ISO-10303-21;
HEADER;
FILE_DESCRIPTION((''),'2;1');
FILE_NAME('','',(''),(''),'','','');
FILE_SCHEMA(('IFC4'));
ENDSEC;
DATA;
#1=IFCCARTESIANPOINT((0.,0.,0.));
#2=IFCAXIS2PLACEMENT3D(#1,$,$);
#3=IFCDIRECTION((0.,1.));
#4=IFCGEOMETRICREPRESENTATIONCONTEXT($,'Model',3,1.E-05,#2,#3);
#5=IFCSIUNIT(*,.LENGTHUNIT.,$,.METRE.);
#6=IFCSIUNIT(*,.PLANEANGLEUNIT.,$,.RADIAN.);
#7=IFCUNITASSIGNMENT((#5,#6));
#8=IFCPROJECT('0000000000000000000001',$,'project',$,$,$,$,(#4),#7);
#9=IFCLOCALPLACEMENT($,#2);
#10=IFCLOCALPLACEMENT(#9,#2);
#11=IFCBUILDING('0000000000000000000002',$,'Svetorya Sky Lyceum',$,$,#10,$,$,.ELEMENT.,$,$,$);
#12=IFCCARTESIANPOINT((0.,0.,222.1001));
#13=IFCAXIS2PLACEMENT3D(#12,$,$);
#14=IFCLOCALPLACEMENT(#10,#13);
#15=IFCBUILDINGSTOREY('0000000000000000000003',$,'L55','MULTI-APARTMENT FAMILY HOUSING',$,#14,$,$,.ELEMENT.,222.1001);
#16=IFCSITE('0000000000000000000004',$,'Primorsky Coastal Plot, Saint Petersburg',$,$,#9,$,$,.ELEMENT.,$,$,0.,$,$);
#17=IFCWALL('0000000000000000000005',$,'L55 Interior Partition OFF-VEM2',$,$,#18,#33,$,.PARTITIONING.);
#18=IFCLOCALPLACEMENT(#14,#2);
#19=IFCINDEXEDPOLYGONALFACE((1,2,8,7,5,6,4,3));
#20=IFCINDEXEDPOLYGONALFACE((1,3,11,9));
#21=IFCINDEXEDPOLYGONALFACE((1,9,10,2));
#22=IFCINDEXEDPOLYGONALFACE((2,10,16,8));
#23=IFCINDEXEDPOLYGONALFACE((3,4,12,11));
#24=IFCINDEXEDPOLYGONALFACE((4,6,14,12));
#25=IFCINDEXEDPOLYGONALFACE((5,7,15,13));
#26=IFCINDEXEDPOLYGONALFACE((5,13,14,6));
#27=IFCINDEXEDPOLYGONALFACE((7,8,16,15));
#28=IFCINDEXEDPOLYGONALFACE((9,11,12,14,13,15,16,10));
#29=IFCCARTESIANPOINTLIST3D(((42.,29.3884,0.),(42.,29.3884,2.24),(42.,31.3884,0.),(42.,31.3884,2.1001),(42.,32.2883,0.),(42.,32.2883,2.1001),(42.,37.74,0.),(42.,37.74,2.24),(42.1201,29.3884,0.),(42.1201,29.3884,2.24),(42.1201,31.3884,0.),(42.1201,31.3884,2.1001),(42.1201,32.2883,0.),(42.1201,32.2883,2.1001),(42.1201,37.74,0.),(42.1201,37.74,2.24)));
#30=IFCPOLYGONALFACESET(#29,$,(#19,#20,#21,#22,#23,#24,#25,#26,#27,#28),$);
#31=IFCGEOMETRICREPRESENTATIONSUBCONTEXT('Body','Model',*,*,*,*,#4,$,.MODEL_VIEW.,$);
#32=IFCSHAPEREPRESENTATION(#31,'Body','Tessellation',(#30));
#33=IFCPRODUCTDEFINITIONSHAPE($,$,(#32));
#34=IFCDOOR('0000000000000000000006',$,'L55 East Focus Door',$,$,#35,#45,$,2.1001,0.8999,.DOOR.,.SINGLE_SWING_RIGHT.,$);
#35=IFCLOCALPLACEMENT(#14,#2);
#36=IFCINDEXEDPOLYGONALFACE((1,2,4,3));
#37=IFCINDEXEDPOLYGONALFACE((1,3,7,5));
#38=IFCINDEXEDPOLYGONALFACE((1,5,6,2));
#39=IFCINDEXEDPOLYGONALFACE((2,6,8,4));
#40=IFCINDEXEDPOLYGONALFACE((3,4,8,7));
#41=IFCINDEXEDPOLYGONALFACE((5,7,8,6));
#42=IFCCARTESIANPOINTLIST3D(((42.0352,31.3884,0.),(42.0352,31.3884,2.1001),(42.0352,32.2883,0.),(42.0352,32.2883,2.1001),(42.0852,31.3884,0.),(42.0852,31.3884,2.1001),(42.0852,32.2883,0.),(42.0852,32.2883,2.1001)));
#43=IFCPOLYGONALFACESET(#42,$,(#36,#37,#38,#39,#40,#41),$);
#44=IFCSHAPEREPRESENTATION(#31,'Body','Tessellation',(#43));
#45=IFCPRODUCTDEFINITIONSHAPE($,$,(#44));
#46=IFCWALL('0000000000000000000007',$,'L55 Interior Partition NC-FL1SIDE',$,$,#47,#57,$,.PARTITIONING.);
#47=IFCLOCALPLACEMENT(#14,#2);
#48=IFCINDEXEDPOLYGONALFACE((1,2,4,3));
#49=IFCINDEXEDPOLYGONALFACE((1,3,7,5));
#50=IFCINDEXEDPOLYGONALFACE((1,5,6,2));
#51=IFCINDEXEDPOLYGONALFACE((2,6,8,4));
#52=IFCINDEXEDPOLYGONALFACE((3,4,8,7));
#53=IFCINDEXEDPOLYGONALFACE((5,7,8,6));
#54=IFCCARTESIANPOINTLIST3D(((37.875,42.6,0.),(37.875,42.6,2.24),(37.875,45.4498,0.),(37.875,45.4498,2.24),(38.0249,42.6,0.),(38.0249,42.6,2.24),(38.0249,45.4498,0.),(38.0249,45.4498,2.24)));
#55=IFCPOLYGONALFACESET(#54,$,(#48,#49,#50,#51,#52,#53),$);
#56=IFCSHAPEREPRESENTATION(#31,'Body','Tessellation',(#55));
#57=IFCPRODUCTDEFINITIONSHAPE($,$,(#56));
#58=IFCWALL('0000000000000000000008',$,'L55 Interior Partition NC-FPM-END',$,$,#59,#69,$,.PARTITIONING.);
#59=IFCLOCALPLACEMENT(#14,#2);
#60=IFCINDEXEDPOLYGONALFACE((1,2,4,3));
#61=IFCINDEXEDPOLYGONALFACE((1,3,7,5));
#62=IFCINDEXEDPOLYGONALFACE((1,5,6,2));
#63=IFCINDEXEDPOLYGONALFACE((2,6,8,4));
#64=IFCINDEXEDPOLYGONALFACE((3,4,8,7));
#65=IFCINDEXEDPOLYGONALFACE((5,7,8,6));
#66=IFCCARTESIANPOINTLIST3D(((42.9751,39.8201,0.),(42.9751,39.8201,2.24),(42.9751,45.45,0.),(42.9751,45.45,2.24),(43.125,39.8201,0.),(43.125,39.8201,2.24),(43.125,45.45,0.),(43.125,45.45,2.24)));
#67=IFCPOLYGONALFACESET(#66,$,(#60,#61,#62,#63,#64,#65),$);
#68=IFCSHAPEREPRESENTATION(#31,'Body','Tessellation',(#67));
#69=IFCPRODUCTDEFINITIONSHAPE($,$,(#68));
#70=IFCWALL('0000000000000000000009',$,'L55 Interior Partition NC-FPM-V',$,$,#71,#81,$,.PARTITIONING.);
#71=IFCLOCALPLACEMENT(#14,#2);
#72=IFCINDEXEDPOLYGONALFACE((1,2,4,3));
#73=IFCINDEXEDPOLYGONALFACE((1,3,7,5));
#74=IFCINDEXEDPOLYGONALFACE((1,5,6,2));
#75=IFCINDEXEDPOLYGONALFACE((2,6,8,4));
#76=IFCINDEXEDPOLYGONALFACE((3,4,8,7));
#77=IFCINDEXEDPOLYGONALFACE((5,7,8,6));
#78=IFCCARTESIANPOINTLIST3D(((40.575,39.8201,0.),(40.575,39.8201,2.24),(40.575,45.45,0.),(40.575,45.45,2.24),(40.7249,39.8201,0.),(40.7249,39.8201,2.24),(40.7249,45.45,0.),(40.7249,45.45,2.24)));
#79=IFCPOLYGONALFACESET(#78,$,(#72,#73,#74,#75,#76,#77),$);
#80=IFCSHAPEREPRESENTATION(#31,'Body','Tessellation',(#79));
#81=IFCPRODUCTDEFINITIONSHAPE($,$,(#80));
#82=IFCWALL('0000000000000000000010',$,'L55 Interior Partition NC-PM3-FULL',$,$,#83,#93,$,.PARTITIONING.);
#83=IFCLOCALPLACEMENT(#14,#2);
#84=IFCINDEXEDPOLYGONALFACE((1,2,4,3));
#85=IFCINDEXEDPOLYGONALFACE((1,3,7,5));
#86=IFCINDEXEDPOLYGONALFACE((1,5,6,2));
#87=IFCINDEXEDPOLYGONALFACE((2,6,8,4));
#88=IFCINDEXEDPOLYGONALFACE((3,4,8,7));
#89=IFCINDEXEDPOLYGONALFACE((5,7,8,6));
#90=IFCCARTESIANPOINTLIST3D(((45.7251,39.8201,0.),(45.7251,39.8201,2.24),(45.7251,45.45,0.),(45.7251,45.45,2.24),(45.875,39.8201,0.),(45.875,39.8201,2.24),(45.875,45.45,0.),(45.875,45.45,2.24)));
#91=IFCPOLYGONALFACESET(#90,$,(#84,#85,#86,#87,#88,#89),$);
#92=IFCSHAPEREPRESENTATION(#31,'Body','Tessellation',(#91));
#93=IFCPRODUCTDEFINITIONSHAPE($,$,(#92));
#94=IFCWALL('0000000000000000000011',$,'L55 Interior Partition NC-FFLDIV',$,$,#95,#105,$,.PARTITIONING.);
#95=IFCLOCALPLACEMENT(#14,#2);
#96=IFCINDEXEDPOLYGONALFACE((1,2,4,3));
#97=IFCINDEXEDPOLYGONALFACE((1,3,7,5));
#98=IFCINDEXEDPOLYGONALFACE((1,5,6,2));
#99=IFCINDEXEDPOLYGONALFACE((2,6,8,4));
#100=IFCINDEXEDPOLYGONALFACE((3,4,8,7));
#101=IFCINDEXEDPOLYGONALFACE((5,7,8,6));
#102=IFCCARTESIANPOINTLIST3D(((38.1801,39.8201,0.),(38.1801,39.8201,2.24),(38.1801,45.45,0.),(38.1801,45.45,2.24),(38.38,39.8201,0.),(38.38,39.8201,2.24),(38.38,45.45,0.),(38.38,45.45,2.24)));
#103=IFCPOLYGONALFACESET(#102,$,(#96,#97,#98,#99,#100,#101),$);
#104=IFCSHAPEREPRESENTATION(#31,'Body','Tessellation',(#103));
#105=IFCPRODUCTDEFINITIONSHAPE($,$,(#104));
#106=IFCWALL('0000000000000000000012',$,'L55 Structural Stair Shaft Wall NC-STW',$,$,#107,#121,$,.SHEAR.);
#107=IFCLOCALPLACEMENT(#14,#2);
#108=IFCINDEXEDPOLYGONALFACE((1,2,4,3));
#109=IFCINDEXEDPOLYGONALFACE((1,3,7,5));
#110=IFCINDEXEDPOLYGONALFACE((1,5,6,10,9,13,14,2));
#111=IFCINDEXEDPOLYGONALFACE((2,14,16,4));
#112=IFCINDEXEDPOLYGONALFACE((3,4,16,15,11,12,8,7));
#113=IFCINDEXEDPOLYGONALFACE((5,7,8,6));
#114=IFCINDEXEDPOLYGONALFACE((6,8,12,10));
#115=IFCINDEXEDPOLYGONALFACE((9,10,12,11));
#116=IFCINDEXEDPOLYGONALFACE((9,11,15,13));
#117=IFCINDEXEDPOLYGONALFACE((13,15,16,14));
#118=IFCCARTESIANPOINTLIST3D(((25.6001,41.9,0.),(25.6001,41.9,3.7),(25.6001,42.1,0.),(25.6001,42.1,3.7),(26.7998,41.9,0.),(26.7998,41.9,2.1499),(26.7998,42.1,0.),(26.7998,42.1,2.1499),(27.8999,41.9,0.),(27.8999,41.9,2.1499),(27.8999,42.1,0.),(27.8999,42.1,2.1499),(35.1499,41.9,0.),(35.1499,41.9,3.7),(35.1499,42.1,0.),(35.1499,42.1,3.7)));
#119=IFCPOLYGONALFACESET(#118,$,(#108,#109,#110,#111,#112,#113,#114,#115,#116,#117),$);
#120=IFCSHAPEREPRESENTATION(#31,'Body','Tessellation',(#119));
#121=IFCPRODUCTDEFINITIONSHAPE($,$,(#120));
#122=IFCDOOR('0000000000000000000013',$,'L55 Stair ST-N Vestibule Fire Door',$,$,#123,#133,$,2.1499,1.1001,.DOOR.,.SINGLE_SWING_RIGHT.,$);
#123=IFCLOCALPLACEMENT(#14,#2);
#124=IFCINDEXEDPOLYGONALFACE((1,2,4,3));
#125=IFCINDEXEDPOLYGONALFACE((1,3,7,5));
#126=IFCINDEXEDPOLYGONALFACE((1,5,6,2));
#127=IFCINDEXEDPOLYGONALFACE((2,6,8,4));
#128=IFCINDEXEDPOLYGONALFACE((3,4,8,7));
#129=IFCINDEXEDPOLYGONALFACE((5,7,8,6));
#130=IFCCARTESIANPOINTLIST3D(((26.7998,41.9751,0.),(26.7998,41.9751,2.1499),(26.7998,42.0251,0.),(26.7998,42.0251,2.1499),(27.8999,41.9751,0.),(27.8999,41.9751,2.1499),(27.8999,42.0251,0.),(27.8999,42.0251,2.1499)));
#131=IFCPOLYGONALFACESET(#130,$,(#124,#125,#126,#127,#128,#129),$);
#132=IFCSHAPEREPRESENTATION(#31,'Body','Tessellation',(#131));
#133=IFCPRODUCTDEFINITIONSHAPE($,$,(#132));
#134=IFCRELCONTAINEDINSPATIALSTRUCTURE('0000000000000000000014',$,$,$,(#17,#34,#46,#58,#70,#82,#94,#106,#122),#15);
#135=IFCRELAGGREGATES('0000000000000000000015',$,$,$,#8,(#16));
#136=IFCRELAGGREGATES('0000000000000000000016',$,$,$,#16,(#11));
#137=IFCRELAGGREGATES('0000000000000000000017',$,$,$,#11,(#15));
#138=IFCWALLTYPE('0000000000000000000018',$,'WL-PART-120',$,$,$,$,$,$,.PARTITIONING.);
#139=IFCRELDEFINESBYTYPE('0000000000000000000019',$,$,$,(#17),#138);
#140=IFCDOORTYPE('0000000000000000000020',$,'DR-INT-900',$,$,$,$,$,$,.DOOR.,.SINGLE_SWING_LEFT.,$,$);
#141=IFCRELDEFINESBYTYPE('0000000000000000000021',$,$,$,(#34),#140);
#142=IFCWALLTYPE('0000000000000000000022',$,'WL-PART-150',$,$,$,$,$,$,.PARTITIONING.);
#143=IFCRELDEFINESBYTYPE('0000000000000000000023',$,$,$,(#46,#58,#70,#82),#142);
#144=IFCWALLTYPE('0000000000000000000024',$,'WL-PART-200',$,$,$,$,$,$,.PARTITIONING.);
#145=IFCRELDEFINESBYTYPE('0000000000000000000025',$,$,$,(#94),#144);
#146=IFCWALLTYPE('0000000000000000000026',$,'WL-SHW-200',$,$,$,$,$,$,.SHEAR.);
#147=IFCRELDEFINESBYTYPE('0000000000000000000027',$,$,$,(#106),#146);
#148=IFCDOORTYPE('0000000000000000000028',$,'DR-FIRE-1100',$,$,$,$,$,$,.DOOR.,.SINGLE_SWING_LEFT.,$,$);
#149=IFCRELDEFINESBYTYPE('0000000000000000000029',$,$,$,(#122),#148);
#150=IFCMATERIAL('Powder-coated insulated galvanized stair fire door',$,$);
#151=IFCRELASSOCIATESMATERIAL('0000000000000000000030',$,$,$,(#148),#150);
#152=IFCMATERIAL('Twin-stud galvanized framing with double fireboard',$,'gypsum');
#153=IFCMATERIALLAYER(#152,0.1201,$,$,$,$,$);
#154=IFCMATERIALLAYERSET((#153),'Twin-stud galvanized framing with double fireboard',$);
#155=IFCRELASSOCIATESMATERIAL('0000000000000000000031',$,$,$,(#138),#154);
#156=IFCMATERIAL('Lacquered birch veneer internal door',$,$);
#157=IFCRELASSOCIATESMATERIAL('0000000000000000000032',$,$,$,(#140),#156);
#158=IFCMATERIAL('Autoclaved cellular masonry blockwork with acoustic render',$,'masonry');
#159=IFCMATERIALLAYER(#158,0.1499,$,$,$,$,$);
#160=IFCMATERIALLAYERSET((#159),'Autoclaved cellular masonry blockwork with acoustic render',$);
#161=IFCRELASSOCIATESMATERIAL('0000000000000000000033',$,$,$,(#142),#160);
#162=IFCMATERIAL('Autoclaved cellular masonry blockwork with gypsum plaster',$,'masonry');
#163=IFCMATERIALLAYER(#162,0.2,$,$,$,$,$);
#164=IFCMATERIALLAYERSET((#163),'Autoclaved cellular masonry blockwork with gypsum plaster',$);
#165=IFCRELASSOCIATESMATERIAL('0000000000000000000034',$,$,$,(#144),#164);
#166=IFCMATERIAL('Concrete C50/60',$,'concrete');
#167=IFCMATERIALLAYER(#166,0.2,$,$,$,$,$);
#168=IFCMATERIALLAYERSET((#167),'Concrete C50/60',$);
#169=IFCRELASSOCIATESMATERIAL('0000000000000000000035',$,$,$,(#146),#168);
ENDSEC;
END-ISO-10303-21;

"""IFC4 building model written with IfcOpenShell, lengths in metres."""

from ifc_helpers import new_model, si_unit, direction, frame, frame_2d, origin, place, context, subcontext, project, spatial, rectangle, extrude, material, layer, layer_set, type_object, element, fill, save


model = new_model("IFC4")

# Units and contexts
model_context = context("Model", 3, precision=1e-05, world=origin(), true_north=direction((0.0, 1.0)))
body_context = subcontext(model_context, "Body", "Model", "MODEL_VIEW")
ifc_project = project(units=[si_unit("LENGTHUNIT", "METRE"), si_unit("PLANEANGLEUNIT", "RADIAN")], contexts=[model_context])

# Site, building, storey
site_placement = place(None, origin())
site = spatial("IfcSite", under=ifc_project, at=site_placement, Name="Primorsky Coastal Plot, Saint Petersburg", CompositionType="ELEMENT", RefElevation=0.0)
building_placement = place(site_placement, origin())
building = spatial("IfcBuilding", under=site, at=building_placement, Name="Svetorya Sky Lyceum", CompositionType="ELEMENT")
storey_placement = place(building_placement, frame((0.0, 0.0, 222.1001)))
storey = spatial("IfcBuildingStorey", under=building, at=storey_placement, Name="L55", Description="MULTI-APARTMENT FAMILY HOUSING", CompositionType="ELEMENT", Elevation=222.1001)

# Shared definitions
ifc_material_1 = material(Name="Concrete C50/60", Category="concrete")

# Shared definitions
ifc_material_2 = material(Name="Powder-coated insulated galvanized stair fire door")
door_type_1 = type_object("IfcDoorType", Name="DR-FIRE-1100", OperationType="SINGLE_SWING_LEFT", PredefinedType="DOOR", material=ifc_material_2)

# Wall, opening, door
ifc_material_3 = material(Name="Twin-stud galvanized framing with double fireboard", Category="gypsum")
ifc_layer_1 = layer(ifc_material_3, 0.1201)
ifc_layer_set_1 = layer_set([ifc_layer_1], Name="Twin-stud galvanized framing with double fireboard")
wall_type_1 = type_object("IfcWallType", Name="WL-PART-120", PredefinedType="PARTITIONING", material=ifc_layer_set_1)
wall_1_placement = place(storey_placement, frame((42.0601, 29.3884, 0.0), z_axis=(0.0, 0.0, 1.0), x_axis=(0.0, 1.0, 0.0)))
wall_1 = element("IfcWall", 1, at=wall_1_placement, inside=storey, type_object=wall_type_1, Name="L55 Interior Partition OFF-VEM2", PredefinedType="PARTITIONING", context=body_context, shape_type="SweptSolid", body=[
    extrude(rectangle(XDim=8.3516, YDim=0.1201, at=frame_2d((4.1758, 0.0))), origin(), (0.0, 0.0, 1.0), 2.24),
])
opening_1_placement = place(wall_1_placement, frame((2.0, 0.0, 0.0)))
opening_1 = element("IfcOpeningElement", 2, at=opening_1_placement, cuts=wall_1, PredefinedType="OPENING", context=body_context, shape_type="SweptSolid", body=[
    extrude(rectangle(XDim=0.8999, YDim=2.1001, at=frame_2d((0.45, 1.05))), frame((0.0, 0.0701, 0.0), z_axis=(0.0, -1.0, 0.0), x_axis=(1.0, 0.0, 0.0)), (0.0, 0.0, 1.0), 0.1401),
])
ifc_material_4 = material(Name="Lacquered birch veneer internal door")
door_type_2 = type_object("IfcDoorType", Name="DR-INT-900", OperationType="SINGLE_SWING_LEFT", PredefinedType="DOOR", material=ifc_material_4)
door_1_placement = place(opening_1_placement, origin())
door_1 = element("IfcDoor", 3, at=door_1_placement, inside=storey, type_object=door_type_2, Name="L55 East Focus Door", OperationType="SINGLE_SWING_RIGHT", OverallHeight=2.1001, OverallWidth=0.8999, PredefinedType="DOOR", context=body_context, shape_type="SweptSolid", body=[
    extrude(rectangle(XDim=0.8999, YDim=2.1001, at=frame_2d((0.45, 1.05))), frame((0.0, 0.0249, 0.0), z_axis=(0.0, -1.0, 0.0), x_axis=(1.0, 0.0, 0.0)), (0.0, 0.0, 1.0), 0.05),
])
fill(opening_1, door_1)

# Walls
ifc_material_5 = material(Name="Autoclaved cellular masonry blockwork with acoustic render", Category="masonry")
ifc_layer_2 = layer(ifc_material_5, 0.1499)
ifc_layer_set_2 = layer_set([ifc_layer_2], Name="Autoclaved cellular masonry blockwork with acoustic render")
wall_type_2 = type_object("IfcWallType", Name="WL-PART-150", PredefinedType="PARTITIONING", material=ifc_layer_set_2)
wall_2_placement = place(storey_placement, frame((37.95, 42.6001, 0.0), z_axis=(0.0, 0.0, 1.0), x_axis=(0.0, 1.0, 0.0)))
element("IfcWall", 4, at=wall_2_placement, inside=storey, type_object=wall_type_2, Name="L55 Interior Partition NC-FL1SIDE", PredefinedType="PARTITIONING", context=body_context, shape_type="SweptSolid", body=[
    extrude(rectangle(XDim=2.8499, YDim=0.1499, at=frame_2d((1.4248, 0.0))), origin(), (0.0, 0.0, 1.0), 2.24),
])
for number, where, z_axis, x_axis, name in (
    (5, (43.05, 39.8201, 0.0), (0.0, 0.0, 1.0), (0.0, 1.0, 0.0), "L55 Interior Partition NC-FPM-END"),
    (6, (40.6499, 39.8201, 0.0), (0.0, 0.0, 1.0), (0.0, 1.0, 0.0), "L55 Interior Partition NC-FPM-V"),
    (7, (45.8, 39.8201, 0.0), (0.0, 0.0, 1.0), (0.0, 1.0, 0.0), "L55 Interior Partition NC-PM3-FULL"),
):
    element("IfcWall", number, at=place(storey_placement, frame(where, z_axis=z_axis, x_axis=x_axis)), inside=storey, type_object=wall_type_2, Name=name, PredefinedType="PARTITIONING", context=body_context, shape_type="SweptSolid", body=[
        extrude(rectangle(XDim=5.6299, YDim=0.1499, at=frame_2d((2.8149, 0.0))), origin(), (0.0, 0.0, 1.0), 2.24),
    ])

# Shared definitions
ifc_material_6 = material(Name="Autoclaved cellular masonry blockwork with gypsum plaster", Category="masonry")
ifc_layer_3 = layer(ifc_material_6, 0.2)
ifc_layer_set_3 = layer_set([ifc_layer_3], Name="Autoclaved cellular masonry blockwork with gypsum plaster")
wall_type_3 = type_object("IfcWallType", Name="WL-PART-200", PredefinedType="PARTITIONING", material=ifc_layer_set_3)

# Wall
wall_3_placement = place(storey_placement, frame((38.28, 39.8201, 0.0), z_axis=(0.0, 0.0, 1.0), x_axis=(0.0, 1.0, 0.0)))
element("IfcWall", 8, at=wall_3_placement, inside=storey, type_object=wall_type_3, Name="L55 Interior Partition NC-FFLDIV", PredefinedType="PARTITIONING", context=body_context, shape_type="SweptSolid", body=[
    extrude(rectangle(XDim=5.6299, YDim=0.2, at=frame_2d((2.8149, 0.0))), origin(), (0.0, 0.0, 1.0), 2.24),
])

# Wall, opening, door
ifc_layer_4 = layer(ifc_material_1, 0.2)
ifc_layer_set_4 = layer_set([ifc_layer_4], Name="Concrete C50/60")
wall_type_4 = type_object("IfcWallType", Name="WL-SHW-200", PredefinedType="SHEAR", material=ifc_layer_set_4)
wall_4_placement = place(storey_placement, frame((35.1499, 42.0, 0.0), z_axis=(0.0, 0.0, 1.0), x_axis=(-1.0, 0.0, 0.0)))
wall_4 = element("IfcWall", 9, at=wall_4_placement, inside=storey, type_object=wall_type_4, Name="L55 Structural Stair Shaft Wall NC-STW", PredefinedType="SHEAR", context=body_context, shape_type="SweptSolid", body=[
    extrude(rectangle(XDim=9.5498, YDim=0.2, at=frame_2d((4.7749, 0.0))), origin(), (0.0, 0.0, 1.0), 3.7),
])
opening_2_placement = place(wall_4_placement, frame((7.25, 0.0, 0.0)))
opening_2 = element("IfcOpeningElement", 10, at=opening_2_placement, cuts=wall_4, PredefinedType="OPENING", context=body_context, shape_type="SweptSolid", body=[
    extrude(rectangle(XDim=1.1001, YDim=2.1499, at=frame_2d((0.55, 1.075))), frame((0.0, 0.1099, 0.0), z_axis=(0.0, -1.0, 0.0), x_axis=(1.0, 0.0, 0.0)), (0.0, 0.0, 1.0), 0.22),
])
door_2_placement = place(opening_2_placement, origin())
door_2 = element("IfcDoor", 11, at=door_2_placement, inside=storey, type_object=door_type_1, Name="L55 Stair ST-N Vestibule Fire Door", OperationType="SINGLE_SWING_RIGHT", OverallHeight=2.1499, OverallWidth=1.1001, PredefinedType="DOOR", context=body_context, shape_type="SweptSolid", body=[
    extrude(rectangle(XDim=1.1001, YDim=2.1499, at=frame_2d((0.55, 1.075))), frame((0.0, 0.0249, 0.0), z_axis=(0.0, -1.0, 0.0), x_axis=(1.0, 0.0, 0.0)), (0.0, 0.0, 1.0), 0.05),
])
fill(opening_2, door_2)

save(model, "model.ifc")
